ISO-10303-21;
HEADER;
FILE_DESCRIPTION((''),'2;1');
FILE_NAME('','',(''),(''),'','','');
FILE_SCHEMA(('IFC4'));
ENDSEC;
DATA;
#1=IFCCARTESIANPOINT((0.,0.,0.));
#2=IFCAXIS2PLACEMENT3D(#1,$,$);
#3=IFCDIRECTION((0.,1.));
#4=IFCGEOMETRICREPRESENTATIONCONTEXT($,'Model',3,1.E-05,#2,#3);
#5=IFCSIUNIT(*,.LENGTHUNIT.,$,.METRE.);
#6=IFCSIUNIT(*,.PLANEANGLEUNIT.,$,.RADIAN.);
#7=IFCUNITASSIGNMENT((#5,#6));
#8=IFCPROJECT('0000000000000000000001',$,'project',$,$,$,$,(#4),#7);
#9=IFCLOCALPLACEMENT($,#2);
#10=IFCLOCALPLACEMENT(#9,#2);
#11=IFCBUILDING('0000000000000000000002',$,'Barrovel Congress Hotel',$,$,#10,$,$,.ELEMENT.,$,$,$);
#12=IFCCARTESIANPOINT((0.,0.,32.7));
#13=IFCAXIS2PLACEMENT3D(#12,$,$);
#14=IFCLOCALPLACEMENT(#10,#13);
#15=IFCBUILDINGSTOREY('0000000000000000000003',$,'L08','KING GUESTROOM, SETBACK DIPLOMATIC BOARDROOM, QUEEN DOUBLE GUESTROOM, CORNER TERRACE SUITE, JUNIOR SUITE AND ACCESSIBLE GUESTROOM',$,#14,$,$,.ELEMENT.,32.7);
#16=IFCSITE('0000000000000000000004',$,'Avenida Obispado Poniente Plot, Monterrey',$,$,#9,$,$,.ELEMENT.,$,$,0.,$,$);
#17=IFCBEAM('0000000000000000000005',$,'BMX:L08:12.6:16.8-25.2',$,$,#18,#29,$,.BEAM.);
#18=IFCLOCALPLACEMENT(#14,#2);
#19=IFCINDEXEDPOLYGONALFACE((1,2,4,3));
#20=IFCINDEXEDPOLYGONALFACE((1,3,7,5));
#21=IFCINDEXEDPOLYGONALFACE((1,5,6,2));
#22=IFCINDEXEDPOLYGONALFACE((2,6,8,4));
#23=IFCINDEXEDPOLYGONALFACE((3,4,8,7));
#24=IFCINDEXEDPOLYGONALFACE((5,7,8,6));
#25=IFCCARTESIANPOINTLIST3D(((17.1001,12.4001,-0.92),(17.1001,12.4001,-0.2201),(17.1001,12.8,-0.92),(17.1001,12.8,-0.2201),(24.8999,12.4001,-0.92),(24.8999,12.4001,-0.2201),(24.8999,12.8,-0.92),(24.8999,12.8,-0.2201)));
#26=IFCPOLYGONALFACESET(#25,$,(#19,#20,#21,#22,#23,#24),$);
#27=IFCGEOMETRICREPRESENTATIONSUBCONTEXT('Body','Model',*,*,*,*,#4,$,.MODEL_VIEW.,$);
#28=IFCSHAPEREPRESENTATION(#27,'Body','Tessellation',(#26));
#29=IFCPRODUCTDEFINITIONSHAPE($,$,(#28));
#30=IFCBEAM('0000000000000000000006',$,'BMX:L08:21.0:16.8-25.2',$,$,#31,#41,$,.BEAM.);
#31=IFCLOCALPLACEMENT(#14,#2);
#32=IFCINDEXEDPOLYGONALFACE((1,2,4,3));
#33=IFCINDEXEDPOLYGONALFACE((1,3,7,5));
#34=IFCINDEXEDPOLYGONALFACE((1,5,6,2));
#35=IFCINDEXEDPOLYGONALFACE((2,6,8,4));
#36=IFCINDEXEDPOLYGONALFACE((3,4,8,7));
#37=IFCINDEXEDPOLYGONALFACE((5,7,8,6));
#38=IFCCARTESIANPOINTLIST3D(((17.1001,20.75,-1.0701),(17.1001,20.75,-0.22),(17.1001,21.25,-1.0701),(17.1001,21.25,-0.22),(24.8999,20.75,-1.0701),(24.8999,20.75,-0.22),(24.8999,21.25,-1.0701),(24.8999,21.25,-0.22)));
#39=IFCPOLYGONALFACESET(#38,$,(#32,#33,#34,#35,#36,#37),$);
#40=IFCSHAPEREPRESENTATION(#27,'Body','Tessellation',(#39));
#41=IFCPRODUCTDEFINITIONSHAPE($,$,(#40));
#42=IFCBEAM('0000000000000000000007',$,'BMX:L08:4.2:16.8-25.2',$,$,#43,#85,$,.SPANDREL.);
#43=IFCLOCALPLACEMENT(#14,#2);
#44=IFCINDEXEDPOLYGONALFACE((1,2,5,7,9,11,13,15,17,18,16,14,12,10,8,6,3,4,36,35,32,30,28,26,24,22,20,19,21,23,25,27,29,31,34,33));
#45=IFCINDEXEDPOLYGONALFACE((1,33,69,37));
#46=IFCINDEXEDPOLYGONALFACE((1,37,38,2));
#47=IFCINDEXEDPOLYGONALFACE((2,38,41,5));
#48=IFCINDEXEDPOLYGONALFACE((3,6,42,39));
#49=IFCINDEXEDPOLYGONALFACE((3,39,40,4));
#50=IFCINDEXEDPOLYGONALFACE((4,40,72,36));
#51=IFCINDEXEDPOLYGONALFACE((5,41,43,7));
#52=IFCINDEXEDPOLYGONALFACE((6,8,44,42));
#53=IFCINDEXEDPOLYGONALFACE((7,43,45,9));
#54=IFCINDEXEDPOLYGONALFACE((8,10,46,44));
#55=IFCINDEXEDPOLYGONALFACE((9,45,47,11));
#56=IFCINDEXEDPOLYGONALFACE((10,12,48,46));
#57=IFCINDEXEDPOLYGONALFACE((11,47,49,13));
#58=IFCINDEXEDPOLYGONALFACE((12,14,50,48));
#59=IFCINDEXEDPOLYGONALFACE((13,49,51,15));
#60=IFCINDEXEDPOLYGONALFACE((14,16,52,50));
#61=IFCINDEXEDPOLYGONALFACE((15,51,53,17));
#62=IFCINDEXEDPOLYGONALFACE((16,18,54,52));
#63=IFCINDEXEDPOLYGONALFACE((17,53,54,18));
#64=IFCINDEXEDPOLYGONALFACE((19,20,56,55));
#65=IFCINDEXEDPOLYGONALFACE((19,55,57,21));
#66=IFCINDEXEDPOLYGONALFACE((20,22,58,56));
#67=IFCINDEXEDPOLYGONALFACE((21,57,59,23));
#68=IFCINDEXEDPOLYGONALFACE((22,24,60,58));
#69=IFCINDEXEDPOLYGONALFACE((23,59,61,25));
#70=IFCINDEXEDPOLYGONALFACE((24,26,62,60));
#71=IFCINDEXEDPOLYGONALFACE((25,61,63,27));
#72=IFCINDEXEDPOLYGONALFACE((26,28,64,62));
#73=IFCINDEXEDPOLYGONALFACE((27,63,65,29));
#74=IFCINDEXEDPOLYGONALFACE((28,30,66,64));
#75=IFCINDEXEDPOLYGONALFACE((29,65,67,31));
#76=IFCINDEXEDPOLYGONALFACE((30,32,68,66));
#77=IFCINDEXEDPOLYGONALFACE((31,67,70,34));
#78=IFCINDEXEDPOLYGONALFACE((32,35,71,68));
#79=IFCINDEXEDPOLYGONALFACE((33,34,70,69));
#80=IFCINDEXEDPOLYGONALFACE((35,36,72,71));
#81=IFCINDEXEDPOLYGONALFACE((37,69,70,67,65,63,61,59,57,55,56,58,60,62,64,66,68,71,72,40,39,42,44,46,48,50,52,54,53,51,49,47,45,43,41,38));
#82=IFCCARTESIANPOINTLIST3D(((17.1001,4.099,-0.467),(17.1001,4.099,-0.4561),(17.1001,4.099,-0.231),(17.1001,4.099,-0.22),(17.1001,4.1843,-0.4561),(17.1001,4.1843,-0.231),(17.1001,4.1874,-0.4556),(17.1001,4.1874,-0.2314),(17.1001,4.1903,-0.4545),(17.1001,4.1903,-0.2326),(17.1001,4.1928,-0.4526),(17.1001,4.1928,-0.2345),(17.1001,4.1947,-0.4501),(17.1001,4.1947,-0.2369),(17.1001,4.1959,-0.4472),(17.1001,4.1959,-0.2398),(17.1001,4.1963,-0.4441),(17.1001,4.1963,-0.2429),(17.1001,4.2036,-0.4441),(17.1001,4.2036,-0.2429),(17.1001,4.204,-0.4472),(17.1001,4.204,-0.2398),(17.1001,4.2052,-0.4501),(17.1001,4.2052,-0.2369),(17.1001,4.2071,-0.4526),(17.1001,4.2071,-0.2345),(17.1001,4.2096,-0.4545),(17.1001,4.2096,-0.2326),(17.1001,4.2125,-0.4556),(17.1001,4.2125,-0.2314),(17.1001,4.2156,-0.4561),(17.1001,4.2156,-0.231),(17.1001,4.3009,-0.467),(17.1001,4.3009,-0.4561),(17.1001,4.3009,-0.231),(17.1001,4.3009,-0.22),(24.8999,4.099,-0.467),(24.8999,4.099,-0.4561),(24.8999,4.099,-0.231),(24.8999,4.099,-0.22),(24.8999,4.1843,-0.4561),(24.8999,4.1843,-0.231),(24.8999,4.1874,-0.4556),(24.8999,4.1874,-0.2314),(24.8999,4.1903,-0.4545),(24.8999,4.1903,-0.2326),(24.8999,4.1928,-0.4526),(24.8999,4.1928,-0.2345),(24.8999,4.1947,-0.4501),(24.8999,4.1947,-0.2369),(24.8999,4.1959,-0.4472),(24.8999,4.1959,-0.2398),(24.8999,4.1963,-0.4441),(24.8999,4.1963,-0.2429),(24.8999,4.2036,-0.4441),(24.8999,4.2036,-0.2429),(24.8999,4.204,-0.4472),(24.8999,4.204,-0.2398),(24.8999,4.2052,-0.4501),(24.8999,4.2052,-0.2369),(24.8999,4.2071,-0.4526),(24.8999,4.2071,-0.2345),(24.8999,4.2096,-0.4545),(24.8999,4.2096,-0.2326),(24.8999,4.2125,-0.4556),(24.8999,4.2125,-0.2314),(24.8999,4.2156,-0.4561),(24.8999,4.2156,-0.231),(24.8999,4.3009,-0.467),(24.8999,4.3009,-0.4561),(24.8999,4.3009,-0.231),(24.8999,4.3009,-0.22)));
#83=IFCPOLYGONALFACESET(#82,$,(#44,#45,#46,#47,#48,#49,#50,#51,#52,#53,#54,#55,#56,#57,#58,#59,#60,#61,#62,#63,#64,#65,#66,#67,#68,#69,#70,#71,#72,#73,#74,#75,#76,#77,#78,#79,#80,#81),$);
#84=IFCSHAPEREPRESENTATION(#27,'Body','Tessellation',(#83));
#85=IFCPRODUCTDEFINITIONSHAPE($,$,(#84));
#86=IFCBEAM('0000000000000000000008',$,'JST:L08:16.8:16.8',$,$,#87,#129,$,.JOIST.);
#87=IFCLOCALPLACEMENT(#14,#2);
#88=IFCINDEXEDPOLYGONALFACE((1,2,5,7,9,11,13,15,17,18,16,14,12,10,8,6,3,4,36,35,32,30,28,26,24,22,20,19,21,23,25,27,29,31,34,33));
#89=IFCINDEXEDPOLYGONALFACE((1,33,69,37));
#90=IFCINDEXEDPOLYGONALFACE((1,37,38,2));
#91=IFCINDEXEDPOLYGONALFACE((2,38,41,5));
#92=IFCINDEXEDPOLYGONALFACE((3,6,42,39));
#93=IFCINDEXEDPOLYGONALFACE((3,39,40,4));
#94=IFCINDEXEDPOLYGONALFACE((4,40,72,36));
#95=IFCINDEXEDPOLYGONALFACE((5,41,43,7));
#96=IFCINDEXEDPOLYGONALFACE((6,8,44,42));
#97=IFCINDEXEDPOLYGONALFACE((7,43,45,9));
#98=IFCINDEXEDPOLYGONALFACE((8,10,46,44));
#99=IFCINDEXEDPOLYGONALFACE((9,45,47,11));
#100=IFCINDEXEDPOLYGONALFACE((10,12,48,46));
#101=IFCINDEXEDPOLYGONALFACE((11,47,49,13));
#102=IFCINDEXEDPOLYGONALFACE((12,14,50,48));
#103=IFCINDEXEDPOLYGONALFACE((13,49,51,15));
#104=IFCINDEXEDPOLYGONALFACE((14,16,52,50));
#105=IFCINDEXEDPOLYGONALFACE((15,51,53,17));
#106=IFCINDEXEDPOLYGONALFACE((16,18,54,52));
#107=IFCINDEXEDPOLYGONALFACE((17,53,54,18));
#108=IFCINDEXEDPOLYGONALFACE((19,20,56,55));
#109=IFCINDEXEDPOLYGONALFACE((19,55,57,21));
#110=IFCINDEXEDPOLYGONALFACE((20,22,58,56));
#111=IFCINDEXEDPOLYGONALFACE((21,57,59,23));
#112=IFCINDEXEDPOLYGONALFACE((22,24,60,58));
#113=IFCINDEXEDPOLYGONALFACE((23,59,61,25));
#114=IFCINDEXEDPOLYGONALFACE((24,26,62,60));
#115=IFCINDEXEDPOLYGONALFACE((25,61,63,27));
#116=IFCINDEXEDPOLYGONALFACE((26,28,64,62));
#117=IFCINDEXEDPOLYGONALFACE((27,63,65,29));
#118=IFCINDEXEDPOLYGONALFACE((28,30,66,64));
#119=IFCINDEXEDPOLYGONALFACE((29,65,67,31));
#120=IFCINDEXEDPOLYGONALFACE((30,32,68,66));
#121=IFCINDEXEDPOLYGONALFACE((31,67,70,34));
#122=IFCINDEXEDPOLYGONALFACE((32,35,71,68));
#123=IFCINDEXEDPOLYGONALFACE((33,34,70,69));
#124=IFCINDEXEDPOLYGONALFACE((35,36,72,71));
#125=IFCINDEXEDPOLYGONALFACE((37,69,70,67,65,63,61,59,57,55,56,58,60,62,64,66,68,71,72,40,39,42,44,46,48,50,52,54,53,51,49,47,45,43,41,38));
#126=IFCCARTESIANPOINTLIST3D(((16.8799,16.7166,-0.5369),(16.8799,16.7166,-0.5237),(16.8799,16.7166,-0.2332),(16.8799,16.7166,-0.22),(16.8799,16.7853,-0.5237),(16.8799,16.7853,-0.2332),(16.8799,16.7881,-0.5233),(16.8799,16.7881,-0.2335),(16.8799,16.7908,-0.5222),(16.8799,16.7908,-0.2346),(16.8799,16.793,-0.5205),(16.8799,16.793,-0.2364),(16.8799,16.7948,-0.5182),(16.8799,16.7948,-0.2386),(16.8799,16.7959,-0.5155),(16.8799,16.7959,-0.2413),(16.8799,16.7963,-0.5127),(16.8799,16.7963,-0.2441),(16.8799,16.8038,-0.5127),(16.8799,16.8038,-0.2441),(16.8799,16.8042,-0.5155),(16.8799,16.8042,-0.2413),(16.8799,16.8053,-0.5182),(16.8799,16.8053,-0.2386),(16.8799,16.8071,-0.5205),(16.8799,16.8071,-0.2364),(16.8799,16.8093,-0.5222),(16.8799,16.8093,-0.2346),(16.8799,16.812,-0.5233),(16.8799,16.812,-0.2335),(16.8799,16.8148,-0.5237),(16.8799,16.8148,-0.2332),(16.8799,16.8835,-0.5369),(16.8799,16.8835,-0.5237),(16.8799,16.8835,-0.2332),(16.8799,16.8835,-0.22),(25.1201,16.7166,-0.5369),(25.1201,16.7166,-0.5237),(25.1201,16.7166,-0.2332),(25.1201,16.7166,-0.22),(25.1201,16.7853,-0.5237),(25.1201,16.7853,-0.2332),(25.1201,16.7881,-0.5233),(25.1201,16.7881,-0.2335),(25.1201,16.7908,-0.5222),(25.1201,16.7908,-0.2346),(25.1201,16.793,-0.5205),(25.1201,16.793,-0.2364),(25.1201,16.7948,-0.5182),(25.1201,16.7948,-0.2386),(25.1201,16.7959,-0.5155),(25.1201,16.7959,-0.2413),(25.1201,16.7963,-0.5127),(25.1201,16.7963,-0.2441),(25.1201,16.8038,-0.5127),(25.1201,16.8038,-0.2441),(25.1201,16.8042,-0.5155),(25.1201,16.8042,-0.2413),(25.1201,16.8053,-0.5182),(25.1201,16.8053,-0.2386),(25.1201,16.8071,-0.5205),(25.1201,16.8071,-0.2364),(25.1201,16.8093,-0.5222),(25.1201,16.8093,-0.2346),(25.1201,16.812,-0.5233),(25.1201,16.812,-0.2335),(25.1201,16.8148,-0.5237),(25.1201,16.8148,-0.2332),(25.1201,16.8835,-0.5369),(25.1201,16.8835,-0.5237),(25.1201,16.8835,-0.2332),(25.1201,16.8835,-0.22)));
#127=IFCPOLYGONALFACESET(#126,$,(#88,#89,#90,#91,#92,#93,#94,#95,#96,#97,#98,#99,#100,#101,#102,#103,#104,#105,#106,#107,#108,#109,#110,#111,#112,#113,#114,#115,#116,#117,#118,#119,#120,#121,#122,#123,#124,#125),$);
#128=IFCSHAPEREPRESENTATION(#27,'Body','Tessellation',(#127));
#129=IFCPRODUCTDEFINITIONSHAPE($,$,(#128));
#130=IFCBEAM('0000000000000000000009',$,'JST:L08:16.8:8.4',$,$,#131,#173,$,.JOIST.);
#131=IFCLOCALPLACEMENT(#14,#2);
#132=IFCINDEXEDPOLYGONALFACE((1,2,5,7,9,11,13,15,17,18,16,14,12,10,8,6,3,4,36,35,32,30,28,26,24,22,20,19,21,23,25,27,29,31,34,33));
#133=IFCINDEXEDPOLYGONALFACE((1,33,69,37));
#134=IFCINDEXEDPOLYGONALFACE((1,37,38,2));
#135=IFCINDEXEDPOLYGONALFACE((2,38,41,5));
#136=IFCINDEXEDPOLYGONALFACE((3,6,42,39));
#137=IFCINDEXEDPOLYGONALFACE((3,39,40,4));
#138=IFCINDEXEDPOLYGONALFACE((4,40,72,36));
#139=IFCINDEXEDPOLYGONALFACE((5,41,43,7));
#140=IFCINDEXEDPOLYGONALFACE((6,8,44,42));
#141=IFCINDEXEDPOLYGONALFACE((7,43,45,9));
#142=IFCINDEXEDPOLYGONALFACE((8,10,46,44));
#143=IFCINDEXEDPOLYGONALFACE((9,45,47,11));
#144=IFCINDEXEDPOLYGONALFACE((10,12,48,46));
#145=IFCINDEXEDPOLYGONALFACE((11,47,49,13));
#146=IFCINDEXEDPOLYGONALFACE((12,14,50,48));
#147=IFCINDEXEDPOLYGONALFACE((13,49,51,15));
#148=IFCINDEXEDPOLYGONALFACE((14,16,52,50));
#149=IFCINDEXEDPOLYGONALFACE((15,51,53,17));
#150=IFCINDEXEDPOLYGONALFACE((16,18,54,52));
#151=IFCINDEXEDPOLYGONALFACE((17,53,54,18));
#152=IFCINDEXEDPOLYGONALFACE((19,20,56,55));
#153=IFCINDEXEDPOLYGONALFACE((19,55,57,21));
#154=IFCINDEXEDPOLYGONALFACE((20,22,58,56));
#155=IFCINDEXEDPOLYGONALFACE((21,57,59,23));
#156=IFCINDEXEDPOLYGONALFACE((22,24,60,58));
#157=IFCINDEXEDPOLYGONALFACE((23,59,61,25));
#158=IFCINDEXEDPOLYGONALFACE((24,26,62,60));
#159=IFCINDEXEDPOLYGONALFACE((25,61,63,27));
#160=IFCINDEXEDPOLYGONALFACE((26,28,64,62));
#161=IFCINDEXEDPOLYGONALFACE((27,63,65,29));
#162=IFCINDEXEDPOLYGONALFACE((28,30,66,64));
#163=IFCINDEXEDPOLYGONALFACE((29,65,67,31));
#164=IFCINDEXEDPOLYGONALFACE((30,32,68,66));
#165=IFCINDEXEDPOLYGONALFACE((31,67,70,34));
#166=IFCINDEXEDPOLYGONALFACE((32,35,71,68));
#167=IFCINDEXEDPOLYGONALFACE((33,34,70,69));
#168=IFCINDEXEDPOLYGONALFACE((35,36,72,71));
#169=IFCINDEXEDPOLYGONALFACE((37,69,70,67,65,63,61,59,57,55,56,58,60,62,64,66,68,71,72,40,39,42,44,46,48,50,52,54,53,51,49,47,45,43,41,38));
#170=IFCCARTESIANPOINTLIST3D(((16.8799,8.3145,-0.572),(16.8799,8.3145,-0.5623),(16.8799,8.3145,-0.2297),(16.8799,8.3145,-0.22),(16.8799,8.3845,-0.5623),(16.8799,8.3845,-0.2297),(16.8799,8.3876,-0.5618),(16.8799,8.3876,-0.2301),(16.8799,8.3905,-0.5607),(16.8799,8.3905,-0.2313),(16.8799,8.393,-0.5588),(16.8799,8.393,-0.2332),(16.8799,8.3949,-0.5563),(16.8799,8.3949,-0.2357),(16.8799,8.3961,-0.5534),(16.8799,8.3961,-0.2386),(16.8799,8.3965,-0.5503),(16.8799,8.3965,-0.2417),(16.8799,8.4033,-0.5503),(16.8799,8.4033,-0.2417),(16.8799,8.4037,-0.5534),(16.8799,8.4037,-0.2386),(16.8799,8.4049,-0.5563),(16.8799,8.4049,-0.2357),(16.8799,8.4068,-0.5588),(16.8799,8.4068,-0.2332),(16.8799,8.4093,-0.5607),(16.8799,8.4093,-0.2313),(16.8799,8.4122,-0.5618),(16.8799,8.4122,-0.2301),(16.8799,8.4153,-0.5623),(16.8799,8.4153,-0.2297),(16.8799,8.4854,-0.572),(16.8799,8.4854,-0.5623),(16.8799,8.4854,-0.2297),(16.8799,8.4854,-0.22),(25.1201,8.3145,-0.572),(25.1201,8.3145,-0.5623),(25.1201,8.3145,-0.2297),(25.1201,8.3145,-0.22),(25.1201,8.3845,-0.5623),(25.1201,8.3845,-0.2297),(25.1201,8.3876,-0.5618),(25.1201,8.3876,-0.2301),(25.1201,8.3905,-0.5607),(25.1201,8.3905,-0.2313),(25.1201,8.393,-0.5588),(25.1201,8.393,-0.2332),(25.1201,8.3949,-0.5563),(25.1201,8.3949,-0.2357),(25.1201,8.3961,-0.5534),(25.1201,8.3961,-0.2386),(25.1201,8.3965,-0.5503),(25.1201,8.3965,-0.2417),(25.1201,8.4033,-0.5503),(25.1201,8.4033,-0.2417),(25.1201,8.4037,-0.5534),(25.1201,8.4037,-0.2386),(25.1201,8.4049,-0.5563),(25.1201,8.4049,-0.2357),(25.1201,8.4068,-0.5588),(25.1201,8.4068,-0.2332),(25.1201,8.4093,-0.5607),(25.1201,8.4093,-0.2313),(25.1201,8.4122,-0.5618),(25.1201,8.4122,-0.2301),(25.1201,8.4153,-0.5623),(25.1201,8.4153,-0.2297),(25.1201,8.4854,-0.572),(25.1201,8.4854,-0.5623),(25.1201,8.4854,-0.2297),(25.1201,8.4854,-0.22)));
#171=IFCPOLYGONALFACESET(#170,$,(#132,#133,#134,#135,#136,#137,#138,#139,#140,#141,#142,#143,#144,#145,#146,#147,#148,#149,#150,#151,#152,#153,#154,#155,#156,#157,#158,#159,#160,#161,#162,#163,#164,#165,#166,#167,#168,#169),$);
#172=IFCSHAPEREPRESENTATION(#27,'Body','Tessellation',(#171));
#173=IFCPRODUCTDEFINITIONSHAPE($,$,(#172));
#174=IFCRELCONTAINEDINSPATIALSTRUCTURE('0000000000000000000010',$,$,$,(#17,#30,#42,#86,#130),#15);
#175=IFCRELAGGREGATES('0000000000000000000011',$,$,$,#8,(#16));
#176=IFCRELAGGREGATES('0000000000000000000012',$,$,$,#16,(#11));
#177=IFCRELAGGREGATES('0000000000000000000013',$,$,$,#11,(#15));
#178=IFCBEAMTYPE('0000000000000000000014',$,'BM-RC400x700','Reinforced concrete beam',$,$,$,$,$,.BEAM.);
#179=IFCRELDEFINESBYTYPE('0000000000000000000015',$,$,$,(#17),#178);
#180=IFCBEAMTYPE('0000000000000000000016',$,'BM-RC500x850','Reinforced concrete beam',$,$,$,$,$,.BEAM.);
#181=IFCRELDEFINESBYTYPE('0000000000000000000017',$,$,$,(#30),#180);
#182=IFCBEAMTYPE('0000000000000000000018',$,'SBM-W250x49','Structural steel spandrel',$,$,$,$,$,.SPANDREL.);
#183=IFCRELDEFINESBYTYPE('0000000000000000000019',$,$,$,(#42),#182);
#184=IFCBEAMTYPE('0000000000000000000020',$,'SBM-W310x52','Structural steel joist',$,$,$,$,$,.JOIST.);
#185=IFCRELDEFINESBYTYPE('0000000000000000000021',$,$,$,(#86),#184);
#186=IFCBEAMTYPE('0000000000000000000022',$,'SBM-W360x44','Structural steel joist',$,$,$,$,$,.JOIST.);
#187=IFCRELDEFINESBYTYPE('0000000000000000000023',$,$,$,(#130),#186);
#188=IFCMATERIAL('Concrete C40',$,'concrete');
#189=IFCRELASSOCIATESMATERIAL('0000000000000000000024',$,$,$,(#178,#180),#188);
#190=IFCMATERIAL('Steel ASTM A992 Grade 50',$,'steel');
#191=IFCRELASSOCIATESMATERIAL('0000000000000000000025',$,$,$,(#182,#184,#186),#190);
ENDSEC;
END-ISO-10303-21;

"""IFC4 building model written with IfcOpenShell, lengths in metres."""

from ifc_helpers import new_model, si_unit, direction, frame, origin, origin_2d, place, context, subcontext, project, spatial, rectangle, i_section, extrude, material, material_profile, profile_set, type_object, element, save


model = new_model("IFC4")

# Units and contexts
model_context = context("Model", 3, precision=1e-05, world=origin(), true_north=direction((0.0, 1.0)))
body_context = subcontext(model_context, "Body", "Model", "MODEL_VIEW")
ifc_project = project(units=[si_unit("LENGTHUNIT", "METRE"), si_unit("PLANEANGLEUNIT", "RADIAN")], contexts=[model_context])

# Site, building, storey
site_placement = place(None, origin())
site = spatial("IfcSite", under=ifc_project, at=site_placement, Name="Avenida Obispado Poniente Plot, Monterrey", CompositionType="ELEMENT", RefElevation=0.0)
building_placement = place(site_placement, origin())
building = spatial("IfcBuilding", under=site, at=building_placement, Name="Barrovel Congress Hotel", CompositionType="ELEMENT")
storey_placement = place(building_placement, frame((0.0, 0.0, 32.7)))
storey = spatial("IfcBuildingStorey", under=building, at=storey_placement, Name="L08", Description="KING GUESTROOM, SETBACK DIPLOMATIC BOARDROOM, QUEEN DOUBLE GUESTROOM, CORNER TERRACE SUITE, JUNIOR SUITE AND ACCESSIBLE GUESTROOM", CompositionType="ELEMENT", Elevation=32.7)

# Beams
ifc_material_1 = material(Name="Concrete C40", Category="concrete")
ifc_material_profile_1 = material_profile(ifc_material_1, rectangle(XDim=0.3999, YDim=0.7, at=origin_2d()), Name="RC400x700")
ifc_profile_set_1 = profile_set([ifc_material_profile_1], Name="Concrete C40")
beam_type_1 = type_object("IfcBeamType", Name="BM-RC400x700", Description="Reinforced concrete beam", PredefinedType="BEAM", material=ifc_profile_set_1)
beam_1_placement = place(storey_placement, frame((17.1001, 12.6001, -0.5701), z_axis=(1.0, 0.0, 0.0), x_axis=(0.0, 1.0, 0.0)))
element("IfcBeam", 1, at=beam_1_placement, inside=storey, type_object=beam_type_1, Name="BMX:L08:12.6:16.8-25.2", PredefinedType="BEAM", context=body_context, shape_type="SweptSolid", body=[
    extrude(rectangle(XDim=0.3999, YDim=0.7, at=origin_2d()), origin(), (0.0, 0.0, 1.0), 7.7998),
])
ifc_material_profile_2 = material_profile(ifc_material_1, rectangle(XDim=0.5, YDim=0.8501, at=origin_2d()), Name="RC500x850")
ifc_profile_set_2 = profile_set([ifc_material_profile_2], Name="Concrete C40")
beam_type_2 = type_object("IfcBeamType", Name="BM-RC500x850", Description="Reinforced concrete beam", PredefinedType="BEAM", material=ifc_profile_set_2)
beam_2_placement = place(storey_placement, frame((17.1001, 21.0, -0.645), z_axis=(1.0, 0.0, 0.0), x_axis=(0.0, 1.0, 0.0)))
element("IfcBeam", 2, at=beam_2_placement, inside=storey, type_object=beam_type_2, Name="BMX:L08:21.0:16.8-25.2", PredefinedType="BEAM", context=body_context, shape_type="SweptSolid", body=[
    extrude(rectangle(XDim=0.5, YDim=0.8501, at=origin_2d()), origin(), (0.0, 0.0, 1.0), 7.7998),
])
ifc_material_2 = material(Name="Steel ASTM A992 Grade 50", Category="steel")
ifc_material_profile_3 = material_profile(ifc_material_2, i_section(OverallWidth=0.2019, OverallDepth=0.2471, WebThickness=0.0073, FlangeThickness=0.011, FilletRadius=0.012, at=origin_2d()), Name="W250x49")
ifc_profile_set_3 = profile_set([ifc_material_profile_3], Name="Steel ASTM A992 Grade 50")
beam_type_3 = type_object("IfcBeamType", Name="SBM-W250x49", Description="Structural steel spandrel", PredefinedType="SPANDREL", material=ifc_profile_set_3)
beam_3_placement = place(storey_placement, frame((17.1001, 4.2, -0.3435), z_axis=(1.0, 0.0, 0.0), x_axis=(0.0, 1.0, 0.0)))
element("IfcBeam", 3, at=beam_3_placement, inside=storey, type_object=beam_type_3, Name="BMX:L08:4.2:16.8-25.2", PredefinedType="SPANDREL", context=body_context, shape_type="SweptSolid", body=[
    extrude(i_section(OverallWidth=0.2019, OverallDepth=0.2471, WebThickness=0.0073, FlangeThickness=0.011, FilletRadius=0.012, at=origin_2d()), origin(), (0.0, 0.0, 1.0), 7.7998),
])
ifc_material_profile_4 = material_profile(ifc_material_2, i_section(OverallWidth=0.167, OverallDepth=0.3169, WebThickness=0.0076, FlangeThickness=0.0132, FilletRadius=0.011, at=origin_2d()), Name="W310x52")
ifc_profile_set_4 = profile_set([ifc_material_profile_4], Name="Steel ASTM A992 Grade 50")
beam_type_4 = type_object("IfcBeamType", Name="SBM-W310x52", Description="Structural steel joist", PredefinedType="JOIST", material=ifc_profile_set_4)
beam_4_placement = place(storey_placement, frame((16.8799, 16.8, -0.3784), z_axis=(1.0, 0.0, 0.0), x_axis=(0.0, 1.0, 0.0)))
element("IfcBeam", 4, at=beam_4_placement, inside=storey, type_object=beam_type_4, Name="JST:L08:16.8:16.8", PredefinedType="JOIST", context=body_context, shape_type="SweptSolid", body=[
    extrude(i_section(OverallWidth=0.167, OverallDepth=0.3169, WebThickness=0.0076, FlangeThickness=0.0132, FilletRadius=0.011, at=origin_2d()), origin(), (0.0, 0.0, 1.0), 8.2402),
])
ifc_material_profile_5 = material_profile(ifc_material_2, i_section(OverallWidth=0.1709, OverallDepth=0.3521, WebThickness=0.0068, FlangeThickness=0.0098, FilletRadius=0.012, at=origin_2d()), Name="W360x44")
ifc_profile_set_5 = profile_set([ifc_material_profile_5], Name="Steel ASTM A992 Grade 50")
beam_type_5 = type_object("IfcBeamType", Name="SBM-W360x44", Description="Structural steel joist", PredefinedType="JOIST", material=ifc_profile_set_5)
beam_5_placement = place(storey_placement, frame((16.8799, 8.3999, -0.396), z_axis=(1.0, 0.0, 0.0), x_axis=(0.0, 1.0, 0.0)))
element("IfcBeam", 5, at=beam_5_placement, inside=storey, type_object=beam_type_5, Name="JST:L08:16.8:8.4", PredefinedType="JOIST", context=body_context, shape_type="SweptSolid", body=[
    extrude(i_section(OverallWidth=0.1709, OverallDepth=0.3521, WebThickness=0.0068, FlangeThickness=0.0098, FilletRadius=0.012, at=origin_2d()), origin(), (0.0, 0.0, 1.0), 8.2402),
])

save(model, "model.ifc")
